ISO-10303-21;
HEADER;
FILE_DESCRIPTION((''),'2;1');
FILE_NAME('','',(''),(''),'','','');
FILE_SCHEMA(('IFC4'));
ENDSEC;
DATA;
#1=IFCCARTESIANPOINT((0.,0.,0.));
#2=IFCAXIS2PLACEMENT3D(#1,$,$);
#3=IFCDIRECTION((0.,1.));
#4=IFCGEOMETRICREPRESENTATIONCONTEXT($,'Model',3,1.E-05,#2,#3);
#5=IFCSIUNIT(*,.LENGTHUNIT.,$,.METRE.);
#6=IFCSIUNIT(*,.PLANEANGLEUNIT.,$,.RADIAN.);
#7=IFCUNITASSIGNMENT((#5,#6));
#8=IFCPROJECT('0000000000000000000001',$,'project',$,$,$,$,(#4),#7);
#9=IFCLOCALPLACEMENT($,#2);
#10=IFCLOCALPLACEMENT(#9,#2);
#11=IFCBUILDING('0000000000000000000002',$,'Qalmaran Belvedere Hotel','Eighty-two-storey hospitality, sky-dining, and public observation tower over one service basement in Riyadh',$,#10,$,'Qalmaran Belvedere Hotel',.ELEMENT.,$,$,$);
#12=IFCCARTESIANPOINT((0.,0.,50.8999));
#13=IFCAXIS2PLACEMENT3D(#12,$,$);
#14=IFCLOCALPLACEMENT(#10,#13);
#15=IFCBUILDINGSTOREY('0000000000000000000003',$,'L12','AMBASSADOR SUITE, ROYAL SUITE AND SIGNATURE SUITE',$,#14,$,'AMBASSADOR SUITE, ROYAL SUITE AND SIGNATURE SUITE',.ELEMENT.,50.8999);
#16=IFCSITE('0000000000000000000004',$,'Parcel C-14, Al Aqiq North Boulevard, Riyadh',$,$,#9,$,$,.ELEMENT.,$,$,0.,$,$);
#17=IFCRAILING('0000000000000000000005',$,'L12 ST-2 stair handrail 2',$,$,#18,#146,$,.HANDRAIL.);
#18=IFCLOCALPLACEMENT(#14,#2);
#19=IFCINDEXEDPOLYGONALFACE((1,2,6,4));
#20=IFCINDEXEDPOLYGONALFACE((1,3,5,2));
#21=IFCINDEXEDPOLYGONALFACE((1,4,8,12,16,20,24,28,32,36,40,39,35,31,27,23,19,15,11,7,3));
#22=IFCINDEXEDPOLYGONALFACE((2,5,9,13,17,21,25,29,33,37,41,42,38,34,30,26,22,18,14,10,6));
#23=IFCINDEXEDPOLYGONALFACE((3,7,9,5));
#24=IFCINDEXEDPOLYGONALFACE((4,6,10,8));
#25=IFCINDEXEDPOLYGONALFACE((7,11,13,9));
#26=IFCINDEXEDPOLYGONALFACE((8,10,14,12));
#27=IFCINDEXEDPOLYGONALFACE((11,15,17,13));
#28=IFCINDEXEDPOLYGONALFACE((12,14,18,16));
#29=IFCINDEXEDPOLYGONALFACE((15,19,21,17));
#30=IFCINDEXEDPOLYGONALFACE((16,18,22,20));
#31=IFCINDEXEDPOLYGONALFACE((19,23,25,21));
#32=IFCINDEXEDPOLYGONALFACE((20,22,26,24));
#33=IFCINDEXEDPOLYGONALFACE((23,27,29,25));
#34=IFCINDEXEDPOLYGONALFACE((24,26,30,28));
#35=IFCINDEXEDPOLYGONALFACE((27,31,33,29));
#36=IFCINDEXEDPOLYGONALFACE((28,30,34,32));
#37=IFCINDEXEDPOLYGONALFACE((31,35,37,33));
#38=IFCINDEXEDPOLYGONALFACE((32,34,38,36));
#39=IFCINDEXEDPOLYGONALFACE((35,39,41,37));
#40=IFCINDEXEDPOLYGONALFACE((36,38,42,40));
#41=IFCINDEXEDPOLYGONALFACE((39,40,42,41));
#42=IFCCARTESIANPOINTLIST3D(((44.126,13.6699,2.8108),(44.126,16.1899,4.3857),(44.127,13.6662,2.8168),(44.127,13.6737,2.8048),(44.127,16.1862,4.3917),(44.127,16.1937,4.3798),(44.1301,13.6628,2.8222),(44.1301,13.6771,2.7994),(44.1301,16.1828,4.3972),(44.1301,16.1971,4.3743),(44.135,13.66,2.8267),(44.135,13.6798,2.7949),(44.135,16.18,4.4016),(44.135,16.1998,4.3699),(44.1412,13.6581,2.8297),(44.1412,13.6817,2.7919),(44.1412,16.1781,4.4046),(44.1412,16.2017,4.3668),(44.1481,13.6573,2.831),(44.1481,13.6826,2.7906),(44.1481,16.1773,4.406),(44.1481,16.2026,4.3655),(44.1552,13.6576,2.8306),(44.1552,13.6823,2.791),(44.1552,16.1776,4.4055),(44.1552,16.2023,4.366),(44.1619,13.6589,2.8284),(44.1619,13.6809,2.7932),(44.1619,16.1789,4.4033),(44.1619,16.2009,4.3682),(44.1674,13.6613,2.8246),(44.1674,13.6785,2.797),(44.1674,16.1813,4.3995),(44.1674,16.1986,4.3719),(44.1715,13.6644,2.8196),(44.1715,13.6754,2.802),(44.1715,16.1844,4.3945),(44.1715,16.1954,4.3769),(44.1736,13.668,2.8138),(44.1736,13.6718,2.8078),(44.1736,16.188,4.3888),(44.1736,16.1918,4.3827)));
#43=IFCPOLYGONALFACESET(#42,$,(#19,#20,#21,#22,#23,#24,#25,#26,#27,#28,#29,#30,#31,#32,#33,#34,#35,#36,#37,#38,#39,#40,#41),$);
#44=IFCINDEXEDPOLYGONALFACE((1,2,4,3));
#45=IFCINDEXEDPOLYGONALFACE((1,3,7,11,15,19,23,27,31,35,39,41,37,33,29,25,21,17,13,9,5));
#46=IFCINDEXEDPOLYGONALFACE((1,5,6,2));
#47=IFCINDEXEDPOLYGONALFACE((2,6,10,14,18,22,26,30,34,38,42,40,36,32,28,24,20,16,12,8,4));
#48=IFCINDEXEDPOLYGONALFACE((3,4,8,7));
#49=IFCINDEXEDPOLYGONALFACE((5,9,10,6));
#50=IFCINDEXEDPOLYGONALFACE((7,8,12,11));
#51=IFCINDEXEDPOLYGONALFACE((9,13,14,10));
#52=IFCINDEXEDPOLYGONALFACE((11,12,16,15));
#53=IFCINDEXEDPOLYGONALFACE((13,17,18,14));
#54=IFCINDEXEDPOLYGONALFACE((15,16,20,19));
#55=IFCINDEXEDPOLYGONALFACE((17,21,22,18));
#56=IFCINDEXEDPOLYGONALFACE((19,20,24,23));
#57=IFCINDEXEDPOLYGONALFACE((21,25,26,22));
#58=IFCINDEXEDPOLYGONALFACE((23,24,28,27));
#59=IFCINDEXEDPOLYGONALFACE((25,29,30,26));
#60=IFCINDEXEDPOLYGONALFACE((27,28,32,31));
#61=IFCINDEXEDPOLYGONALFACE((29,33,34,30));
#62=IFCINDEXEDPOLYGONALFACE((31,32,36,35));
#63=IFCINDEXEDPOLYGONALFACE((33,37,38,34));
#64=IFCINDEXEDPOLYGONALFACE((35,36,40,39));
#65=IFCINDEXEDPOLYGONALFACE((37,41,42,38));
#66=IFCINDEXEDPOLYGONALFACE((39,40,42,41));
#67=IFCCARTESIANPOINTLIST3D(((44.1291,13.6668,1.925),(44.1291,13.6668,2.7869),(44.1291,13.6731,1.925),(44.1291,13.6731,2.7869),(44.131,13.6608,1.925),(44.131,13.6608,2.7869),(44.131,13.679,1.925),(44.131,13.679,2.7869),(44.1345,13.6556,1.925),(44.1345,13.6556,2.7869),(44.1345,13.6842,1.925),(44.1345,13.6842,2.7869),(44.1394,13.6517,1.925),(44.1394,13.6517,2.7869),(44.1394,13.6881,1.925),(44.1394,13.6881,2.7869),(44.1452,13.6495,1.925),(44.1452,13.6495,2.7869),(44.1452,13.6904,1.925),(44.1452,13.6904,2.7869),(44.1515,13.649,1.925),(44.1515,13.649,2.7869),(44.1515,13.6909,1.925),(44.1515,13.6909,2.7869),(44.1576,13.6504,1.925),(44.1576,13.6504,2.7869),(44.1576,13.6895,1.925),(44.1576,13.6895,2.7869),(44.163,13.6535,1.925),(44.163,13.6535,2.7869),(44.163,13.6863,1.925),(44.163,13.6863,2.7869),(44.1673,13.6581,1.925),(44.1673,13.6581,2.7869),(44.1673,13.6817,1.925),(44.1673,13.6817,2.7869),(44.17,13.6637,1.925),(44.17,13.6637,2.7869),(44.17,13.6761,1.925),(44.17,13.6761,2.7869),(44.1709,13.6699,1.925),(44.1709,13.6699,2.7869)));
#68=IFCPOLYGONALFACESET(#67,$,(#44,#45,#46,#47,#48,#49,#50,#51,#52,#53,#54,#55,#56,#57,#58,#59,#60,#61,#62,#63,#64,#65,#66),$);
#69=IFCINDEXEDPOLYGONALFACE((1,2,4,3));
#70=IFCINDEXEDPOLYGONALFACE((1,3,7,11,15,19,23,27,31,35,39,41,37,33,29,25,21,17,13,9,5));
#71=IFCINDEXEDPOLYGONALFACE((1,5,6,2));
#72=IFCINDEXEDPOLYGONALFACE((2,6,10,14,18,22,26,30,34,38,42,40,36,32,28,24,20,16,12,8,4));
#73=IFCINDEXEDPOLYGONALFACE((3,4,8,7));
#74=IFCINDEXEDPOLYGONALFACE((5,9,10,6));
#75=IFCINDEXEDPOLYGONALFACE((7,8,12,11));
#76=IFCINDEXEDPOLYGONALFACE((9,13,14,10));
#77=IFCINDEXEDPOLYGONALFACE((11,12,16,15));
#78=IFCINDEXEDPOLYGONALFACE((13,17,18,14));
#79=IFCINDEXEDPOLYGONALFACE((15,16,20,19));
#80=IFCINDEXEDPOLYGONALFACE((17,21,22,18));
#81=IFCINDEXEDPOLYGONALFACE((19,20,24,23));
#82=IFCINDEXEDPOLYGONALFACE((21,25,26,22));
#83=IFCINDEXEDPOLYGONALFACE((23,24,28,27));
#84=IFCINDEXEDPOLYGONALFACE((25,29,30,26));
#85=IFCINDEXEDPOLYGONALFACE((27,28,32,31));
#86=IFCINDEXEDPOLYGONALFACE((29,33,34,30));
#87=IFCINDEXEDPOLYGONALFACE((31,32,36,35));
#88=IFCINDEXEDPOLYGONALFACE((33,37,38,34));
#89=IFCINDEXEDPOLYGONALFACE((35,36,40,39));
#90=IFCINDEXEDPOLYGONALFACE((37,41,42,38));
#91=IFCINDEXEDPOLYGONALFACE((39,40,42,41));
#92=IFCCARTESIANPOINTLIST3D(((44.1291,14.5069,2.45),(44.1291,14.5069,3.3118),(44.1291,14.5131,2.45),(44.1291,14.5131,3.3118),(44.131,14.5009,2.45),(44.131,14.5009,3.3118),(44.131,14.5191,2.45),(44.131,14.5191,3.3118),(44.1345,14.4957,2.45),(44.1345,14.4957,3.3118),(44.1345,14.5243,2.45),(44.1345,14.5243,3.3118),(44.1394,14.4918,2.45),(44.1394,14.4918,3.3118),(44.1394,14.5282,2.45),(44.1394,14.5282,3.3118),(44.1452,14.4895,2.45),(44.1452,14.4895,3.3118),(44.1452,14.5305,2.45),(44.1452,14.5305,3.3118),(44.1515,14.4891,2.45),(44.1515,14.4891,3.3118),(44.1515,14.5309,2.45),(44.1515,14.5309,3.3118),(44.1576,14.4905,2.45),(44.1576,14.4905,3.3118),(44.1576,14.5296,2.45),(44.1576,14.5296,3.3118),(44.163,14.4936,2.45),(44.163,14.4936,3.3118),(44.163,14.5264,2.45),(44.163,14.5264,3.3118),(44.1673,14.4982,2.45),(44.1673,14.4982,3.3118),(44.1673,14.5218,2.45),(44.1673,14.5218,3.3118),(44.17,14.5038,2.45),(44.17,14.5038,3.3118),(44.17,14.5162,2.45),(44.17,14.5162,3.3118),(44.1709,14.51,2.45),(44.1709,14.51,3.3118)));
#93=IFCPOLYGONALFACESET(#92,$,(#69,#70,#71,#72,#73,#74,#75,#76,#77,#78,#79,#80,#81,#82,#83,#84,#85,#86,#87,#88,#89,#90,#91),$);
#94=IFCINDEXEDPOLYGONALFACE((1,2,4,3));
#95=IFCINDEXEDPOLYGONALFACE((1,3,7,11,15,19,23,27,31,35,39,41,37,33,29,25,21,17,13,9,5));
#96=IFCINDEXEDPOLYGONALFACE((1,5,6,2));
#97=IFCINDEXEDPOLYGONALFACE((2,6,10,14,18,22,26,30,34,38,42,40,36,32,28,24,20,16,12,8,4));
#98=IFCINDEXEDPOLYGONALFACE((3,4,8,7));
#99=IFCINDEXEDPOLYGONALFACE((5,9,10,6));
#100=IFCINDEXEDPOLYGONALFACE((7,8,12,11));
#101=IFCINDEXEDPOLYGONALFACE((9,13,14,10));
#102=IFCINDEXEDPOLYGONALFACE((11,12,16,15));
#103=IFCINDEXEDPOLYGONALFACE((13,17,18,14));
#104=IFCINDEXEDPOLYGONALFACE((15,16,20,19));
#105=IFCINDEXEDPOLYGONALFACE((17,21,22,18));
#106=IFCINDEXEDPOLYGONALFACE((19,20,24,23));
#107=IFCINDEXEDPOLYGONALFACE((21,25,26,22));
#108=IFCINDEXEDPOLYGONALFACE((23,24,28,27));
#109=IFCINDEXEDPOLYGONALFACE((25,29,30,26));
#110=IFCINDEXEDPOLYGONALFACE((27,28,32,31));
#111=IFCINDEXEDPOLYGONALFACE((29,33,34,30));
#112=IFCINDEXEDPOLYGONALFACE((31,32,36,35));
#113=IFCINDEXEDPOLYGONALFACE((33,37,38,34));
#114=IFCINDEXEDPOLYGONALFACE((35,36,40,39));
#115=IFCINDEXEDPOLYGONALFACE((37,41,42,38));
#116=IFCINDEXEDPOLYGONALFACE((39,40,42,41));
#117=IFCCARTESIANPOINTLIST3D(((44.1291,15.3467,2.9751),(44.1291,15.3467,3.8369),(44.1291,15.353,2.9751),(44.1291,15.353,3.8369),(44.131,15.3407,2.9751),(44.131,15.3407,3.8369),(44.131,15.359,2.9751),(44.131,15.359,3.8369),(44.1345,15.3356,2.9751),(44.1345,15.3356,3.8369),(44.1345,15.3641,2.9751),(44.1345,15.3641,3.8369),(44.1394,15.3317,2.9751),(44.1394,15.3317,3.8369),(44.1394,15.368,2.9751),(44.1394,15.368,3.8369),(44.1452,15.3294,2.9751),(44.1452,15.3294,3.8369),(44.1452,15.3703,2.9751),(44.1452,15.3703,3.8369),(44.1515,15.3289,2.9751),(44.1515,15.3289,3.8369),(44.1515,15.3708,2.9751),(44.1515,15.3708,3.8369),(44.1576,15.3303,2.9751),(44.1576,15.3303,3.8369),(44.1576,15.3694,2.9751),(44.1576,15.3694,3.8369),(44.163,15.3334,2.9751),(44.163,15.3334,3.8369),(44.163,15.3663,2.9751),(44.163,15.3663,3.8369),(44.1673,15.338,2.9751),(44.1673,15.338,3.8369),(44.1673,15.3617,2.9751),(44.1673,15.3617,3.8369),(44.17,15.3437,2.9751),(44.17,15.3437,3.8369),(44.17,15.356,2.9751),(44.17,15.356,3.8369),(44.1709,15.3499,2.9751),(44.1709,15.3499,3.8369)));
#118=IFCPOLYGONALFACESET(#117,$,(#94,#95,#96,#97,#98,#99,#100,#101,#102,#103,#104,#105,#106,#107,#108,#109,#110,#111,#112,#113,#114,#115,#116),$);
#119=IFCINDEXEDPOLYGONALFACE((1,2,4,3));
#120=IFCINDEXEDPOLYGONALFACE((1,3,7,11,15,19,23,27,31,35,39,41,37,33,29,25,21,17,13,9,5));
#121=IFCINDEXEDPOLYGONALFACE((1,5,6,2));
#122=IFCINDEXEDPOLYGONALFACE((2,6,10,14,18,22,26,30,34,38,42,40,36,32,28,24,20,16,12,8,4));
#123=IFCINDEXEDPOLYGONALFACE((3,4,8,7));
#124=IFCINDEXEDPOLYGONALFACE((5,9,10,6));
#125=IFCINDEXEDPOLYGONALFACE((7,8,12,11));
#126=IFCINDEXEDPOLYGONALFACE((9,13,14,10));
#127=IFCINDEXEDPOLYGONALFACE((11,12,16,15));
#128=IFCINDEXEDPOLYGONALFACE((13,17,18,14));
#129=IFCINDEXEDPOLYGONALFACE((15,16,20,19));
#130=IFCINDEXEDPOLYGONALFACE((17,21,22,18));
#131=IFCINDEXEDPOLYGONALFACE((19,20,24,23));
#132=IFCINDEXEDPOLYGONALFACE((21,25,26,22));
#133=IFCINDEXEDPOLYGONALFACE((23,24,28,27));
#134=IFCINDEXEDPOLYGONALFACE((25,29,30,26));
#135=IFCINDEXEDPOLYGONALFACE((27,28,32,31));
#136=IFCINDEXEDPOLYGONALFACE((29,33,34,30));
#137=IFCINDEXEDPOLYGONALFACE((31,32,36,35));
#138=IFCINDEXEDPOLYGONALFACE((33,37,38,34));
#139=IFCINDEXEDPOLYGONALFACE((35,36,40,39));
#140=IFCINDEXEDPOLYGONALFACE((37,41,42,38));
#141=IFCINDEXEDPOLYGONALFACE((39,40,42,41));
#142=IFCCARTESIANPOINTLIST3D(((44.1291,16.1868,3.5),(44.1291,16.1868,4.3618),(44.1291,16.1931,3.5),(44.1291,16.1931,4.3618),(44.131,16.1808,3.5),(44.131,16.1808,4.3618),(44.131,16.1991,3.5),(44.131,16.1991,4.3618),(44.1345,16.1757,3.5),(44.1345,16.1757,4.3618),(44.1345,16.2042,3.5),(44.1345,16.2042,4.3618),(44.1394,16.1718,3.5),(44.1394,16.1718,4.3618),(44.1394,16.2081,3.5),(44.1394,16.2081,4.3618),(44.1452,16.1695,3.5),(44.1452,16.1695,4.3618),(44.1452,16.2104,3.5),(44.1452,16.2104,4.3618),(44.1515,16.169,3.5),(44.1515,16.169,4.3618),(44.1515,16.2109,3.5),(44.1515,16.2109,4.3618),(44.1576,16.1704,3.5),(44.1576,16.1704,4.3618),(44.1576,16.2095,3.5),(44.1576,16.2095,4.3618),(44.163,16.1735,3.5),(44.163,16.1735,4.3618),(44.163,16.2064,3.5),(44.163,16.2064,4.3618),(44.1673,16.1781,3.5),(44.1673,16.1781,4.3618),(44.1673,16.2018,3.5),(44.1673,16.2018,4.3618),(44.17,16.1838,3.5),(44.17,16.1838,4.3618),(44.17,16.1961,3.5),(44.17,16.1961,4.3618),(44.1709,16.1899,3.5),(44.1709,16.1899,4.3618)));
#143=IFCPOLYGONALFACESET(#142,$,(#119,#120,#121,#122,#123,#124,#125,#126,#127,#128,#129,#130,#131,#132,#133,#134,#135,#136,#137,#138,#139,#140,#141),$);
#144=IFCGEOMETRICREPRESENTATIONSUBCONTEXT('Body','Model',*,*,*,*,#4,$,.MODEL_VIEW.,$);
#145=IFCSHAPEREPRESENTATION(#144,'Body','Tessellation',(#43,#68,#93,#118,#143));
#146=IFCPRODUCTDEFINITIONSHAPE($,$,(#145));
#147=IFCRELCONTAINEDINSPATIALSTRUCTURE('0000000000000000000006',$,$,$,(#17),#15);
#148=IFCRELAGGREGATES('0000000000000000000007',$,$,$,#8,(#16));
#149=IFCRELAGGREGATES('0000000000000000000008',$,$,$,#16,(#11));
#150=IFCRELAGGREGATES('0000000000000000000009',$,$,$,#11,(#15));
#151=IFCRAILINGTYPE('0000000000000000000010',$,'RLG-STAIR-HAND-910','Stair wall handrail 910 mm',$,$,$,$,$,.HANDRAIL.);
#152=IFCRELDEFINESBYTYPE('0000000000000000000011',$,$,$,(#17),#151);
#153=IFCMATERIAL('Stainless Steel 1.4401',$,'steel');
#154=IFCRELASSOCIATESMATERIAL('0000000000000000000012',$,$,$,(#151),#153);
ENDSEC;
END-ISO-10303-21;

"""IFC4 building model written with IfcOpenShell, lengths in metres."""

from ifc_helpers import new_model, si_unit, direction, frame, origin, origin_2d, place, context, subcontext, project, spatial, circle, extrude, material, type_object, element, save


model = new_model("IFC4")

# Units and contexts
model_context = context("Model", 3, precision=1e-05, world=origin(), true_north=direction((0.0, 1.0)))
body_context = subcontext(model_context, "Body", "Model", "MODEL_VIEW")
ifc_project = project(units=[si_unit("LENGTHUNIT", "METRE"), si_unit("PLANEANGLEUNIT", "RADIAN")], contexts=[model_context])

# Site, building, storey
site_placement = place(None, origin())
site = spatial("IfcSite", under=ifc_project, at=site_placement, Name="Parcel C-14, Al Aqiq North Boulevard, Riyadh", CompositionType="ELEMENT", RefElevation=0.0)
building_placement = place(site_placement, origin())
building = spatial("IfcBuilding", under=site, at=building_placement, Name="Qalmaran Belvedere Hotel", Description="Eighty-two-storey hospitality, sky-dining, and public observation tower over one service basement in Riyadh", LongName="Qalmaran Belvedere Hotel", CompositionType="ELEMENT")
storey_placement = place(building_placement, frame((0.0, 0.0, 50.8999)))
storey = spatial("IfcBuildingStorey", under=building, at=storey_placement, Name="L12", Description="AMBASSADOR SUITE, ROYAL SUITE AND SIGNATURE SUITE", LongName="AMBASSADOR SUITE, ROYAL SUITE AND SIGNATURE SUITE", CompositionType="ELEMENT", Elevation=50.8999)

# Shared definitions
ifc_material_1 = material(Name="Stainless Steel 1.4401", Category="steel")

# Railing
railing_type_1 = type_object("IfcRailingType", Name="RLG-STAIR-HAND-910", Description="Stair wall handrail 910 mm", PredefinedType="HANDRAIL", material=ifc_material_1)
railing_1_placement = place(storey_placement, frame((44.1499, 13.6699, 1.925)))
element("IfcRailing", 1, at=railing_1_placement, inside=storey, type_object=railing_type_1, Name="L12 ST-2 stair handrail 2", PredefinedType="HANDRAIL", context=body_context, shape_type="SweptSolid", body=[
    extrude(circle(Radius=0.0239, at=origin_2d()), frame((0.0, 0.0, 0.8857), z_axis=(0.0, 0.848008, 0.529984), x_axis=(-1.0, 0.0, 0.0)), (0.0, 0.0, 1.0), 2.9717),
    extrude(circle(Radius=0.021, at=origin_2d()), origin(), (0.0, 0.0, 1.0), 0.8618),
    extrude(circle(Radius=0.021, at=origin_2d()), frame((0.0, 0.8401, 0.5249)), (0.0, 0.0, 1.0), 0.8618),
    extrude(circle(Radius=0.021, at=origin_2d()), frame((0.0, 1.6799, 1.05)), (0.0, 0.0, 1.0), 0.8618),
    extrude(circle(Radius=0.021, at=origin_2d()), frame((0.0, 2.52, 1.575)), (0.0, 0.0, 1.0), 0.8618),
])

save(model, "model.ifc")
